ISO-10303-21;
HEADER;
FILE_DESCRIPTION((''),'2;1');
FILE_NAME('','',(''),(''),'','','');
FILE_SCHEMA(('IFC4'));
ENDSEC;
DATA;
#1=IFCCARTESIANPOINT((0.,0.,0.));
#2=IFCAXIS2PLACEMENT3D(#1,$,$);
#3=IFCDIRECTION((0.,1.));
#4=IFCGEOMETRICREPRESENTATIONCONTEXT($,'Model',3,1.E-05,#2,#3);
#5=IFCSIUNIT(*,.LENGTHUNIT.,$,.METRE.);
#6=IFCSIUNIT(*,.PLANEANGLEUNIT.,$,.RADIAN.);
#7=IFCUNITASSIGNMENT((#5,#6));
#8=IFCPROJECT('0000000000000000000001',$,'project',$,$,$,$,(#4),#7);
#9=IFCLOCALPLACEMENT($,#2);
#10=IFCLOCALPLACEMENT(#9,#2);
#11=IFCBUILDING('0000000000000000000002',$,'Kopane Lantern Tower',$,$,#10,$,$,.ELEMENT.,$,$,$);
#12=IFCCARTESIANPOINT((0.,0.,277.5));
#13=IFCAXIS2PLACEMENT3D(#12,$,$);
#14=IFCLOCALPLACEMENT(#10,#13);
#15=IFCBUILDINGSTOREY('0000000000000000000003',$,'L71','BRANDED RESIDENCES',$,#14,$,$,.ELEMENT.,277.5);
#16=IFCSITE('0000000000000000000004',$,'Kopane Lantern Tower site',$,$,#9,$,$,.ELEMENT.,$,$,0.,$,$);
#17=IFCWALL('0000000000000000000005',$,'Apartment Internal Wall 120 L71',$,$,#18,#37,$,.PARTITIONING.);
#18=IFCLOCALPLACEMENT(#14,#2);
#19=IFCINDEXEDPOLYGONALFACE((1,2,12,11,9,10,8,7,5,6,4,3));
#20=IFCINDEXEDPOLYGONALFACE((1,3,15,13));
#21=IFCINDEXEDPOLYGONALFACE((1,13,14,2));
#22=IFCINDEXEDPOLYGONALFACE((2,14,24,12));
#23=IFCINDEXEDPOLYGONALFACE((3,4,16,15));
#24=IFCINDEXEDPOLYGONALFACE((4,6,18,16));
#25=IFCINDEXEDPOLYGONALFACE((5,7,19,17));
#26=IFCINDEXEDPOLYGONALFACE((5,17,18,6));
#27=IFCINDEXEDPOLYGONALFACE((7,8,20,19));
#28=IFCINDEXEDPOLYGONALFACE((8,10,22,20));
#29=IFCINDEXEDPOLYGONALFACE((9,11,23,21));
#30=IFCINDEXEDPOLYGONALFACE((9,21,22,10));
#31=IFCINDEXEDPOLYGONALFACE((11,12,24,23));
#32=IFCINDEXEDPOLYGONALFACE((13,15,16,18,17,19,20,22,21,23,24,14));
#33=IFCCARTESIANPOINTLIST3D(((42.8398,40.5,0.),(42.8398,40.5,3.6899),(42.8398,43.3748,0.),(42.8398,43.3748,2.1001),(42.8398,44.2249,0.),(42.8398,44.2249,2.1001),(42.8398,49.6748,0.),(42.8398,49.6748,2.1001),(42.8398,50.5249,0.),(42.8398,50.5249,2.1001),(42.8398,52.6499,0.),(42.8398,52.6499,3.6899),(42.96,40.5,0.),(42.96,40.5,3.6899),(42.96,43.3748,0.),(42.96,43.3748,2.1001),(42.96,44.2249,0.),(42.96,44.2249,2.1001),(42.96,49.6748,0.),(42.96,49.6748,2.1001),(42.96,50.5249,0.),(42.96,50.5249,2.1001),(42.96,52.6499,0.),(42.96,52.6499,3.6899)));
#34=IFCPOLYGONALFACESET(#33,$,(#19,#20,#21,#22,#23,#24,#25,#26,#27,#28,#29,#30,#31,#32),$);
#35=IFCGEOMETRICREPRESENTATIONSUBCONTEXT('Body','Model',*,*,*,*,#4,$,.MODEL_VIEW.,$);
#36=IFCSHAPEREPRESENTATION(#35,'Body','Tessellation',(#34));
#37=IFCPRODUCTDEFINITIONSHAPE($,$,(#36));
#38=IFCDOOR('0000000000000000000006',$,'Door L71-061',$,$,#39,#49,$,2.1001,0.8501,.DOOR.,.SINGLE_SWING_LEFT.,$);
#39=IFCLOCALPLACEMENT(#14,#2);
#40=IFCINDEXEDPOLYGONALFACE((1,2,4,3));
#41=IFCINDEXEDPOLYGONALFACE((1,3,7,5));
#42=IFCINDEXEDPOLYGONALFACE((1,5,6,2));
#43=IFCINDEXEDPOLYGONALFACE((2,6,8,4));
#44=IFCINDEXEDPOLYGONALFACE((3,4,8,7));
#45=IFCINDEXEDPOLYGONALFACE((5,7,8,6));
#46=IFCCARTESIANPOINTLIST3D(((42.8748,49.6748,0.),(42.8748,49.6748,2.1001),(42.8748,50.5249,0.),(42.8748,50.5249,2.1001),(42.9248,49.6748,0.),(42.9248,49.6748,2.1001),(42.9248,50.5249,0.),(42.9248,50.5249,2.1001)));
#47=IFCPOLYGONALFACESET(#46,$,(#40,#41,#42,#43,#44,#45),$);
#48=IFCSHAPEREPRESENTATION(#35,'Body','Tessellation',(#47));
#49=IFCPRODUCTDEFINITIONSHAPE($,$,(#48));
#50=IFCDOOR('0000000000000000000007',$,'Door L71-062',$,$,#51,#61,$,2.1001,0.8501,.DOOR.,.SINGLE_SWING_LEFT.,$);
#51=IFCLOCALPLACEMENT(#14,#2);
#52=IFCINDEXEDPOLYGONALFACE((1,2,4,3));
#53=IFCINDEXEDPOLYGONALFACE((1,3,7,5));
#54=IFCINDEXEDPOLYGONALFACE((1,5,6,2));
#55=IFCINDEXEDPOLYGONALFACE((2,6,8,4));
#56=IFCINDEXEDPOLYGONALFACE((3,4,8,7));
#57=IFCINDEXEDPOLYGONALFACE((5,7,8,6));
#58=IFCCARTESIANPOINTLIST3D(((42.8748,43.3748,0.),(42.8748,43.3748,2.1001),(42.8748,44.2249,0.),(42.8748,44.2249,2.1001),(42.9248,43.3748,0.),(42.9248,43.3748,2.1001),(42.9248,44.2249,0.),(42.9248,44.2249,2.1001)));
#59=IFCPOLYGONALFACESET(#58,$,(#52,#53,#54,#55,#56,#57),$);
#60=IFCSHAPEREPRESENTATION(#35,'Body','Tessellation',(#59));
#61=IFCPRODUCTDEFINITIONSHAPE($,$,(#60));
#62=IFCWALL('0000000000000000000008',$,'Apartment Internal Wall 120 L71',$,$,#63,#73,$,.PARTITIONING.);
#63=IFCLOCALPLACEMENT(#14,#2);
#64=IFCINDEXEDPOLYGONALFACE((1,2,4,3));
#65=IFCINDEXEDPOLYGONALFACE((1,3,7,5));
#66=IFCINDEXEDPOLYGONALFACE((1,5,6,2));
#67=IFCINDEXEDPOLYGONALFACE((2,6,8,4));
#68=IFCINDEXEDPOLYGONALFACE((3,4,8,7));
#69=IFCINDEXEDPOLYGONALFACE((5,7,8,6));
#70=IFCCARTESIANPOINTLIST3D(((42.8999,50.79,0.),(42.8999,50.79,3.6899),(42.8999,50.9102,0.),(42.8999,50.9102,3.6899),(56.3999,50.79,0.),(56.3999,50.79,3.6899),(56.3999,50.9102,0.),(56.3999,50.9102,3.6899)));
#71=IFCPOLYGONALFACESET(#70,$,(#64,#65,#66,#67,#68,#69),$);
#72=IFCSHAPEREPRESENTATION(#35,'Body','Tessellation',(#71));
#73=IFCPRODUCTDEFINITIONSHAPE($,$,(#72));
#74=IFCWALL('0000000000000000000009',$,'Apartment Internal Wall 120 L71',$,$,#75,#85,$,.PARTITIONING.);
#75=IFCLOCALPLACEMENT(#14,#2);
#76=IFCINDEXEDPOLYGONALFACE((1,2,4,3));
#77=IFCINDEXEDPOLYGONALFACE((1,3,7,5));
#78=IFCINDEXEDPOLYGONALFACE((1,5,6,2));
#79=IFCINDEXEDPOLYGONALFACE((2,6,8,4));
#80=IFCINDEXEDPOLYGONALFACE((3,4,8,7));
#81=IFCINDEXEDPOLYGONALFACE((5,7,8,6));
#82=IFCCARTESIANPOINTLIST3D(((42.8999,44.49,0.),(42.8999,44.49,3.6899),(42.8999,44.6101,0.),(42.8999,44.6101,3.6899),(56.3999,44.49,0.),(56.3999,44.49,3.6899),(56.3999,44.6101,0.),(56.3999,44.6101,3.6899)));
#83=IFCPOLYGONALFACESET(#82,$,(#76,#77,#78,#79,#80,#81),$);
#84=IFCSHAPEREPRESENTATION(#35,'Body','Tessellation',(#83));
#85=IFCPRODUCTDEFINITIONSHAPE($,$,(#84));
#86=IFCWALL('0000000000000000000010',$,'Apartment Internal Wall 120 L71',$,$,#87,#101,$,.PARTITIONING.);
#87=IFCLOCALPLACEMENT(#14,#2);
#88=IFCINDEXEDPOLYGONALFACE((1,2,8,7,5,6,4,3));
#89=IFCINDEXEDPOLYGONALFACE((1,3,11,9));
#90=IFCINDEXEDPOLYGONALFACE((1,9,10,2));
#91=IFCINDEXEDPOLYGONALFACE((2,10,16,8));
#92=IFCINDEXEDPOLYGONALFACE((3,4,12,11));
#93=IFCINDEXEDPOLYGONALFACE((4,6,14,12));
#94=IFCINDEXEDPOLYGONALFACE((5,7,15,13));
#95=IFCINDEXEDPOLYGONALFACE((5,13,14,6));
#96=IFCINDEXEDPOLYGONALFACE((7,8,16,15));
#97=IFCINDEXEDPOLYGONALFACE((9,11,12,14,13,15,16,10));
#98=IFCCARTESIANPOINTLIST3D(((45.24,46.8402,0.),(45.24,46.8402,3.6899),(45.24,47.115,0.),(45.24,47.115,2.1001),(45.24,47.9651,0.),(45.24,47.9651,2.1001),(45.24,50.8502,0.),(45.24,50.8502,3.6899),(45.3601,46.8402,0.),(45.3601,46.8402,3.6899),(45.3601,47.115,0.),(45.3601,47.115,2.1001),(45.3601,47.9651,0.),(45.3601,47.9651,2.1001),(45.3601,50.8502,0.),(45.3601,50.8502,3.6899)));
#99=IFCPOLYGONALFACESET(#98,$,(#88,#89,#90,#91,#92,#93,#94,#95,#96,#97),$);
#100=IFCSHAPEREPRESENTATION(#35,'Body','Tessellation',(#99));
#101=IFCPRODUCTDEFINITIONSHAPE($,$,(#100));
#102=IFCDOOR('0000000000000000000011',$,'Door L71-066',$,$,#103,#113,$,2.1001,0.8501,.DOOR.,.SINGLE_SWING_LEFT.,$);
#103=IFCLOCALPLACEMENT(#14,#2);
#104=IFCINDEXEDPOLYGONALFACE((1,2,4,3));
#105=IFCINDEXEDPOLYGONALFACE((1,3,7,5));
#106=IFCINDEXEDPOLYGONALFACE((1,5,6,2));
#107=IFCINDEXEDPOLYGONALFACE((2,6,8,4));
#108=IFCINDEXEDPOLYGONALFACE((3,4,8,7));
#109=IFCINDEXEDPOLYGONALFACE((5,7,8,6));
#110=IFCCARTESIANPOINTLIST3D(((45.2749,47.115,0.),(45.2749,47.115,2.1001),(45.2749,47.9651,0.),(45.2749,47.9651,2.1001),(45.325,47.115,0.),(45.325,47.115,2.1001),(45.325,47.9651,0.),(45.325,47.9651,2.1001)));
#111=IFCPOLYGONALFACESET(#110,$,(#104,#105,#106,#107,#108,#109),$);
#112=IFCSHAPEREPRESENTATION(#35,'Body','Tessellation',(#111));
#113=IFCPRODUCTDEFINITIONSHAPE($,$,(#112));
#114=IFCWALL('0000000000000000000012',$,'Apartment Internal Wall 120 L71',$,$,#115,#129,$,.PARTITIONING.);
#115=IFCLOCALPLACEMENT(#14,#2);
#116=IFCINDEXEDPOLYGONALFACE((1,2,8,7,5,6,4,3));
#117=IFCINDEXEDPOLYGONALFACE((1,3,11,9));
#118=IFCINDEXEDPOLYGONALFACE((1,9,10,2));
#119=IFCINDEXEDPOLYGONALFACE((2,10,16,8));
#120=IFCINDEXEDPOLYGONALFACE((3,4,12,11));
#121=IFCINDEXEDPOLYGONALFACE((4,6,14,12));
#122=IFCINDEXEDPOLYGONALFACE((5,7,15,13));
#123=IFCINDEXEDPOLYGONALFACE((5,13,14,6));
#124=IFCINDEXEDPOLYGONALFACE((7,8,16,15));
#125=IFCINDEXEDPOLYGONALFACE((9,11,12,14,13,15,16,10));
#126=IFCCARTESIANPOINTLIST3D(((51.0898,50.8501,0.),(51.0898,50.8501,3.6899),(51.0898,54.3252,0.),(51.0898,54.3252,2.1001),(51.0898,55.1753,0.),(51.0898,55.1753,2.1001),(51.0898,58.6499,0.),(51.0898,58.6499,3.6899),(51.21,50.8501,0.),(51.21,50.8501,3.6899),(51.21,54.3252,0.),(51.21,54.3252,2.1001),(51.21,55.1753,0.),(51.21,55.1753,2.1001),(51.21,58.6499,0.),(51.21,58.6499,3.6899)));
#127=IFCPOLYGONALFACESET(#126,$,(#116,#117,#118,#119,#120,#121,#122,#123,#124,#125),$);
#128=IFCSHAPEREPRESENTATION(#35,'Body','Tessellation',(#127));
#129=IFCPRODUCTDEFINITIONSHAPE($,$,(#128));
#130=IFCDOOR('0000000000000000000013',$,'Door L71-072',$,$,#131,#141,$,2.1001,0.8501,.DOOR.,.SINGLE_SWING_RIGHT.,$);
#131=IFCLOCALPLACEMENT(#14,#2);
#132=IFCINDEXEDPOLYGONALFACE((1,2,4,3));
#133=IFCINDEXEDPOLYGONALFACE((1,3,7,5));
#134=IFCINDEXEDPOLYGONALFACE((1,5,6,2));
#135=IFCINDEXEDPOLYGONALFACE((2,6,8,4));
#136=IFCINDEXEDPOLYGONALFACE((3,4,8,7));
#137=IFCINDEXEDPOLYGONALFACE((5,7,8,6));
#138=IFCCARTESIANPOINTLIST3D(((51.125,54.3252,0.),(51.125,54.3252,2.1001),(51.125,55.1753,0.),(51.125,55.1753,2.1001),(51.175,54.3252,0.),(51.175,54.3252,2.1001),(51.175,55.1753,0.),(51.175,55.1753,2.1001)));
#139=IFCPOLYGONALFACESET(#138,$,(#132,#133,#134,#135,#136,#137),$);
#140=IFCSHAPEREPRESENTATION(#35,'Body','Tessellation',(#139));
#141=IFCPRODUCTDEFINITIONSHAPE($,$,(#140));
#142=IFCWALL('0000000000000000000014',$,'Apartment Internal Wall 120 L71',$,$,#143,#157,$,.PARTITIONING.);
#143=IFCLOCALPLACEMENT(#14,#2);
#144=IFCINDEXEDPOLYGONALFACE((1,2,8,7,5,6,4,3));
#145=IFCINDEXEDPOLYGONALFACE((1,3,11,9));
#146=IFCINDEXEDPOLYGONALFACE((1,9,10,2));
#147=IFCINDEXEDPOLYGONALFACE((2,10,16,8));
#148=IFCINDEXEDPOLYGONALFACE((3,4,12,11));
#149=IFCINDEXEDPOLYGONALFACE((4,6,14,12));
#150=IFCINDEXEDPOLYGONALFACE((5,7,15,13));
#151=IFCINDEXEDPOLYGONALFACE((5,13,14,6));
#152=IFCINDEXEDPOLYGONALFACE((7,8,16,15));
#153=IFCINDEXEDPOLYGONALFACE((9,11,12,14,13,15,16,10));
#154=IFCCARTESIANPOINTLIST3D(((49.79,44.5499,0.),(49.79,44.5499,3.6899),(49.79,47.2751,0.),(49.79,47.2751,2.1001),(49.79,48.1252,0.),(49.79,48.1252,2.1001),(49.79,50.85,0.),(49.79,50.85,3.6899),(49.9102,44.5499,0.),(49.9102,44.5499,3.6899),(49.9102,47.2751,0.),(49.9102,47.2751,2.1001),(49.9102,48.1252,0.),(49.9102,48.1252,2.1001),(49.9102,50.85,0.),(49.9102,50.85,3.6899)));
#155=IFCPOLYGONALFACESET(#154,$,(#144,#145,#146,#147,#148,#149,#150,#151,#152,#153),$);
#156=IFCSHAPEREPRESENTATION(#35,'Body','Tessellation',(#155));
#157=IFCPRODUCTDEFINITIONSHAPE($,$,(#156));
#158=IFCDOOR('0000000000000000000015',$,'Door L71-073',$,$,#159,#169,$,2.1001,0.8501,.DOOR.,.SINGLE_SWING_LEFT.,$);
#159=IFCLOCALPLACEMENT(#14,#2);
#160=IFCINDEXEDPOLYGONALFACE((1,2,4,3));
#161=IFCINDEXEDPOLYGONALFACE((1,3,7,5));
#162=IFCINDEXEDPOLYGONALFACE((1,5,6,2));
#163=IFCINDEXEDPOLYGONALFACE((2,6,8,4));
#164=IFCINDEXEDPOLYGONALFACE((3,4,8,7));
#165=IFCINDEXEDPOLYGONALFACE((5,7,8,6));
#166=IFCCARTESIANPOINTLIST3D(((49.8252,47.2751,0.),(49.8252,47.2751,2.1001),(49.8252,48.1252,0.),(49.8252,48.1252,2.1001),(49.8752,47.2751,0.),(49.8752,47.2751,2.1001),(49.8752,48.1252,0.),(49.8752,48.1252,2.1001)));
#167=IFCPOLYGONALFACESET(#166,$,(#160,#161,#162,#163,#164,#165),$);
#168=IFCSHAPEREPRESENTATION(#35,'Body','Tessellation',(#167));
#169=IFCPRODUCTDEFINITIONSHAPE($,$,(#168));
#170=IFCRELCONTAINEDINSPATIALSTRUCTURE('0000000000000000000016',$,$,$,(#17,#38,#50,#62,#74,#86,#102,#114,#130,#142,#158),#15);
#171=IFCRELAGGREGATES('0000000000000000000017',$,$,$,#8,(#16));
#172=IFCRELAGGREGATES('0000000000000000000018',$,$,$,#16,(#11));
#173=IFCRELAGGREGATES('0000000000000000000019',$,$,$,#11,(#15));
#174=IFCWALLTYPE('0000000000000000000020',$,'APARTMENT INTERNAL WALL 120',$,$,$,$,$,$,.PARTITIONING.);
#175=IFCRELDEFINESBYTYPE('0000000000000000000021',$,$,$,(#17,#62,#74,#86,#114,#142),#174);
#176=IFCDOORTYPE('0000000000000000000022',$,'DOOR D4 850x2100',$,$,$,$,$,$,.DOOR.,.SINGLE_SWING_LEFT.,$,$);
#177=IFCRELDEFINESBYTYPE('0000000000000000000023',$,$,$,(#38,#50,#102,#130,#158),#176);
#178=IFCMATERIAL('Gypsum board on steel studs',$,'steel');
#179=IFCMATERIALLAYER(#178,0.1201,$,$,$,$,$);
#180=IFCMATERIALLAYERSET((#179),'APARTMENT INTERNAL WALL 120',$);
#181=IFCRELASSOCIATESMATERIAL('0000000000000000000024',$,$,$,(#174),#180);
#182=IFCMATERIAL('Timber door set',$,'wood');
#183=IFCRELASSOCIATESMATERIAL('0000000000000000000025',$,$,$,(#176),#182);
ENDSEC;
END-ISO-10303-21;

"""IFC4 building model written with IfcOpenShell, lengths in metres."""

from ifc_helpers import new_model, si_unit, direction, frame, frame_2d, origin, place, context, subcontext, project, spatial, rectangle, extrude, material, layer, layer_set, type_object, element, fill, save


model = new_model("IFC4")

# Units and contexts
model_context = context("Model", 3, precision=1e-05, world=origin(), true_north=direction((0.0, 1.0)))
body_context = subcontext(model_context, "Body", "Model", "MODEL_VIEW")
ifc_project = project(units=[si_unit("LENGTHUNIT", "METRE"), si_unit("PLANEANGLEUNIT", "RADIAN")], contexts=[model_context])

# Site, building, storey
site_placement = place(None, origin())
site = spatial("IfcSite", under=ifc_project, at=site_placement, Name="Kopane Lantern Tower site", CompositionType="ELEMENT", RefElevation=0.0)
building_placement = place(site_placement, origin())
building = spatial("IfcBuilding", under=site, at=building_placement, Name="Kopane Lantern Tower", CompositionType="ELEMENT")
storey_placement = place(building_placement, frame((0.0, 0.0, 277.5)))
storey = spatial("IfcBuildingStorey", under=building, at=storey_placement, Name="L71", Description="BRANDED RESIDENCES", CompositionType="ELEMENT", Elevation=277.5)

# Wall, openings, doors
ifc_material_1 = material(Name="Gypsum board on steel studs", Category="steel")
ifc_layer_1 = layer(ifc_material_1, 0.1201)
ifc_layer_set_1 = layer_set([ifc_layer_1], Name="APARTMENT INTERNAL WALL 120")
wall_type_1 = type_object("IfcWallType", Name="APARTMENT INTERNAL WALL 120", PredefinedType="PARTITIONING", material=ifc_layer_set_1)
wall_1_placement = place(storey_placement, frame((42.8999, 52.6499, 0.0), z_axis=(0.0, 0.0, 1.0), x_axis=(0.0, -1.0, 0.0)))
wall_1 = element("IfcWall", 1, at=wall_1_placement, inside=storey, type_object=wall_type_1, Name="Apartment Internal Wall 120 L71", PredefinedType="PARTITIONING", context=body_context, shape_type="SweptSolid", body=[
    extrude(rectangle(XDim=12.1499, YDim=0.1201, at=frame_2d((6.075, 0.0))), origin(), (0.0, 0.0, 1.0), 3.6899),
])
opening_1_placement = place(wall_1_placement, frame((2.125, 0.0, 0.0)))
opening_1 = element("IfcOpeningElement", 2, at=opening_1_placement, cuts=wall_1, PredefinedType="OPENING", context=body_context, shape_type="SweptSolid", body=[
    extrude(rectangle(XDim=0.8501, YDim=2.1001, at=frame_2d((0.425, 1.05))), frame((0.0, 0.0701, 0.0), z_axis=(0.0, -1.0, 0.0), x_axis=(1.0, 0.0, 0.0)), (0.0, 0.0, 1.0), 0.1401),
])
opening_2_placement = place(wall_1_placement, frame((8.425, 0.0, 0.0)))
opening_2 = element("IfcOpeningElement", 3, at=opening_2_placement, cuts=wall_1, PredefinedType="OPENING", context=body_context, shape_type="SweptSolid", body=[
    extrude(rectangle(XDim=0.8501, YDim=2.1001, at=frame_2d((0.425, 1.05))), frame((0.0, 0.0701, 0.0), z_axis=(0.0, -1.0, 0.0), x_axis=(1.0, 0.0, 0.0)), (0.0, 0.0, 1.0), 0.1401),
])
ifc_material_2 = material(Name="Timber door set", Category="wood")
door_type_1 = type_object("IfcDoorType", Name="DOOR D4 850x2100", OperationType="SINGLE_SWING_LEFT", PredefinedType="DOOR", material=ifc_material_2)
door_1_placement = place(opening_1_placement, origin())
door_1 = element("IfcDoor", 4, at=door_1_placement, inside=storey, type_object=door_type_1, Name="Door L71-061", OperationType="SINGLE_SWING_LEFT", OverallHeight=2.1001, OverallWidth=0.8501, PredefinedType="DOOR", context=body_context, shape_type="SweptSolid", body=[
    extrude(rectangle(XDim=0.8501, YDim=2.1001, at=frame_2d((0.425, 1.05))), frame((0.0, 0.0249, 0.0), z_axis=(0.0, -1.0, 0.0), x_axis=(1.0, 0.0, 0.0)), (0.0, 0.0, 1.0), 0.05),
])
fill(opening_1, door_1)
door_2_placement = place(opening_2_placement, origin())
door_2 = element("IfcDoor", 5, at=door_2_placement, inside=storey, type_object=door_type_1, Name="Door L71-062", OperationType="SINGLE_SWING_LEFT", OverallHeight=2.1001, OverallWidth=0.8501, PredefinedType="DOOR", context=body_context, shape_type="SweptSolid", body=[
    extrude(rectangle(XDim=0.8501, YDim=2.1001, at=frame_2d((0.425, 1.05))), frame((0.0, 0.0249, 0.0), z_axis=(0.0, -1.0, 0.0), x_axis=(1.0, 0.0, 0.0)), (0.0, 0.0, 1.0), 0.05),
])
fill(opening_2, door_2)

# Walls
for number, where, z_axis, x_axis, name in (
    (6, (42.8999, 50.8501, 0.0), (0.0, 0.0, 1.0), (1.0, 0.0, 0.0), "Apartment Internal Wall 120 L71"),
    (7, (42.8999, 44.55, 0.0), (0.0, 0.0, 1.0), (1.0, 0.0, 0.0), "Apartment Internal Wall 120 L71"),
):
    element("IfcWall", number, at=place(storey_placement, frame(where, z_axis=z_axis, x_axis=x_axis)), inside=storey, type_object=wall_type_1, Name=name, PredefinedType="PARTITIONING", context=body_context, shape_type="SweptSolid", body=[
        extrude(rectangle(XDim=13.5, YDim=0.1201, at=frame_2d((6.75, 0.0))), origin(), (0.0, 0.0, 1.0), 3.6899),
    ])

# Walls, openings, doors
wall_2_placement = place(storey_placement, frame((45.3, 50.8501, 0.0), z_axis=(0.0, 0.0, 1.0), x_axis=(0.0, -1.0, 0.0)))
wall_2 = element("IfcWall", 8, at=wall_2_placement, inside=storey, type_object=wall_type_1, Name="Apartment Internal Wall 120 L71", PredefinedType="PARTITIONING", context=body_context, shape_type="SweptSolid", body=[
    extrude(rectangle(XDim=4.01, YDim=0.1201, at=frame_2d((2.0049, 0.0))), origin(), (0.0, 0.0, 1.0), 3.6899),
])
opening_3_placement = place(wall_2_placement, frame((2.885, 0.0, 0.0)))
opening_3 = element("IfcOpeningElement", 9, at=opening_3_placement, cuts=wall_2, PredefinedType="OPENING", context=body_context, shape_type="SweptSolid", body=[
    extrude(rectangle(XDim=0.8501, YDim=2.1001, at=frame_2d((0.425, 1.05))), frame((0.0, 0.0701, 0.0), z_axis=(0.0, -1.0, 0.0), x_axis=(1.0, 0.0, 0.0)), (0.0, 0.0, 1.0), 0.1401),
])
door_3_placement = place(opening_3_placement, origin())
door_3 = element("IfcDoor", 10, at=door_3_placement, inside=storey, type_object=door_type_1, Name="Door L71-066", OperationType="SINGLE_SWING_LEFT", OverallHeight=2.1001, OverallWidth=0.8501, PredefinedType="DOOR", context=body_context, shape_type="SweptSolid", body=[
    extrude(rectangle(XDim=0.8501, YDim=2.1001, at=frame_2d((0.425, 1.05))), frame((0.0, 0.0249, 0.0), z_axis=(0.0, -1.0, 0.0), x_axis=(1.0, 0.0, 0.0)), (0.0, 0.0, 1.0), 0.05),
])
fill(opening_3, door_3)
wall_3_placement = place(storey_placement, frame((51.1499, 50.8501, 0.0), z_axis=(0.0, 0.0, 1.0), x_axis=(0.0, 1.0, 0.0)))
wall_3 = element("IfcWall", 11, at=wall_3_placement, inside=storey, type_object=wall_type_1, Name="Apartment Internal Wall 120 L71", PredefinedType="PARTITIONING", context=body_context, shape_type="SweptSolid", body=[
    extrude(rectangle(XDim=7.7998, YDim=0.1201, at=frame_2d((3.8999, 0.0))), origin(), (0.0, 0.0, 1.0), 3.6899),
])
opening_4_placement = place(wall_3_placement, frame((3.4751, 0.0, 0.0)))
opening_4 = element("IfcOpeningElement", 12, at=opening_4_placement, cuts=wall_3, PredefinedType="OPENING", context=body_context, shape_type="SweptSolid", body=[
    extrude(rectangle(XDim=0.8501, YDim=2.1001, at=frame_2d((0.425, 1.05))), frame((0.0, 0.0701, 0.0), z_axis=(0.0, -1.0, 0.0), x_axis=(1.0, 0.0, 0.0)), (0.0, 0.0, 1.0), 0.1401),
])
door_4_placement = place(opening_4_placement, origin())
door_4 = element("IfcDoor", 13, at=door_4_placement, inside=storey, type_object=door_type_1, Name="Door L71-072", OperationType="SINGLE_SWING_RIGHT", OverallHeight=2.1001, OverallWidth=0.8501, PredefinedType="DOOR", context=body_context, shape_type="SweptSolid", body=[
    extrude(rectangle(XDim=0.8501, YDim=2.1001, at=frame_2d((0.425, 1.05))), frame((0.0, 0.0249, 0.0), z_axis=(0.0, -1.0, 0.0), x_axis=(1.0, 0.0, 0.0)), (0.0, 0.0, 1.0), 0.05),
])
fill(opening_4, door_4)
wall_4_placement = place(storey_placement, frame((49.8501, 44.55, 0.0), z_axis=(0.0, 0.0, 1.0), x_axis=(0.0, 1.0, 0.0)))
wall_4 = element("IfcWall", 14, at=wall_4_placement, inside=storey, type_object=wall_type_1, Name="Apartment Internal Wall 120 L71", PredefinedType="PARTITIONING", context=body_context, shape_type="SweptSolid", body=[
    extrude(rectangle(XDim=6.3, YDim=0.1201, at=frame_2d((3.1499, 0.0))), origin(), (0.0, 0.0, 1.0), 3.6899),
])
opening_5_placement = place(wall_4_placement, frame((2.7251, 0.0, 0.0)))
opening_5 = element("IfcOpeningElement", 15, at=opening_5_placement, cuts=wall_4, PredefinedType="OPENING", context=body_context, shape_type="SweptSolid", body=[
    extrude(rectangle(XDim=0.8501, YDim=2.1001, at=frame_2d((0.425, 1.05))), frame((0.0, 0.0701, 0.0), z_axis=(0.0, -1.0, 0.0), x_axis=(1.0, 0.0, 0.0)), (0.0, 0.0, 1.0), 0.1401),
])
door_5_placement = place(opening_5_placement, origin())
door_5 = element("IfcDoor", 16, at=door_5_placement, inside=storey, type_object=door_type_1, Name="Door L71-073", OperationType="SINGLE_SWING_LEFT", OverallHeight=2.1001, OverallWidth=0.8501, PredefinedType="DOOR", context=body_context, shape_type="SweptSolid", body=[
    extrude(rectangle(XDim=0.8501, YDim=2.1001, at=frame_2d((0.425, 1.05))), frame((0.0, 0.0249, 0.0), z_axis=(0.0, -1.0, 0.0), x_axis=(1.0, 0.0, 0.0)), (0.0, 0.0, 1.0), 0.05),
])
fill(opening_5, door_5)

save(model, "model.ifc")
